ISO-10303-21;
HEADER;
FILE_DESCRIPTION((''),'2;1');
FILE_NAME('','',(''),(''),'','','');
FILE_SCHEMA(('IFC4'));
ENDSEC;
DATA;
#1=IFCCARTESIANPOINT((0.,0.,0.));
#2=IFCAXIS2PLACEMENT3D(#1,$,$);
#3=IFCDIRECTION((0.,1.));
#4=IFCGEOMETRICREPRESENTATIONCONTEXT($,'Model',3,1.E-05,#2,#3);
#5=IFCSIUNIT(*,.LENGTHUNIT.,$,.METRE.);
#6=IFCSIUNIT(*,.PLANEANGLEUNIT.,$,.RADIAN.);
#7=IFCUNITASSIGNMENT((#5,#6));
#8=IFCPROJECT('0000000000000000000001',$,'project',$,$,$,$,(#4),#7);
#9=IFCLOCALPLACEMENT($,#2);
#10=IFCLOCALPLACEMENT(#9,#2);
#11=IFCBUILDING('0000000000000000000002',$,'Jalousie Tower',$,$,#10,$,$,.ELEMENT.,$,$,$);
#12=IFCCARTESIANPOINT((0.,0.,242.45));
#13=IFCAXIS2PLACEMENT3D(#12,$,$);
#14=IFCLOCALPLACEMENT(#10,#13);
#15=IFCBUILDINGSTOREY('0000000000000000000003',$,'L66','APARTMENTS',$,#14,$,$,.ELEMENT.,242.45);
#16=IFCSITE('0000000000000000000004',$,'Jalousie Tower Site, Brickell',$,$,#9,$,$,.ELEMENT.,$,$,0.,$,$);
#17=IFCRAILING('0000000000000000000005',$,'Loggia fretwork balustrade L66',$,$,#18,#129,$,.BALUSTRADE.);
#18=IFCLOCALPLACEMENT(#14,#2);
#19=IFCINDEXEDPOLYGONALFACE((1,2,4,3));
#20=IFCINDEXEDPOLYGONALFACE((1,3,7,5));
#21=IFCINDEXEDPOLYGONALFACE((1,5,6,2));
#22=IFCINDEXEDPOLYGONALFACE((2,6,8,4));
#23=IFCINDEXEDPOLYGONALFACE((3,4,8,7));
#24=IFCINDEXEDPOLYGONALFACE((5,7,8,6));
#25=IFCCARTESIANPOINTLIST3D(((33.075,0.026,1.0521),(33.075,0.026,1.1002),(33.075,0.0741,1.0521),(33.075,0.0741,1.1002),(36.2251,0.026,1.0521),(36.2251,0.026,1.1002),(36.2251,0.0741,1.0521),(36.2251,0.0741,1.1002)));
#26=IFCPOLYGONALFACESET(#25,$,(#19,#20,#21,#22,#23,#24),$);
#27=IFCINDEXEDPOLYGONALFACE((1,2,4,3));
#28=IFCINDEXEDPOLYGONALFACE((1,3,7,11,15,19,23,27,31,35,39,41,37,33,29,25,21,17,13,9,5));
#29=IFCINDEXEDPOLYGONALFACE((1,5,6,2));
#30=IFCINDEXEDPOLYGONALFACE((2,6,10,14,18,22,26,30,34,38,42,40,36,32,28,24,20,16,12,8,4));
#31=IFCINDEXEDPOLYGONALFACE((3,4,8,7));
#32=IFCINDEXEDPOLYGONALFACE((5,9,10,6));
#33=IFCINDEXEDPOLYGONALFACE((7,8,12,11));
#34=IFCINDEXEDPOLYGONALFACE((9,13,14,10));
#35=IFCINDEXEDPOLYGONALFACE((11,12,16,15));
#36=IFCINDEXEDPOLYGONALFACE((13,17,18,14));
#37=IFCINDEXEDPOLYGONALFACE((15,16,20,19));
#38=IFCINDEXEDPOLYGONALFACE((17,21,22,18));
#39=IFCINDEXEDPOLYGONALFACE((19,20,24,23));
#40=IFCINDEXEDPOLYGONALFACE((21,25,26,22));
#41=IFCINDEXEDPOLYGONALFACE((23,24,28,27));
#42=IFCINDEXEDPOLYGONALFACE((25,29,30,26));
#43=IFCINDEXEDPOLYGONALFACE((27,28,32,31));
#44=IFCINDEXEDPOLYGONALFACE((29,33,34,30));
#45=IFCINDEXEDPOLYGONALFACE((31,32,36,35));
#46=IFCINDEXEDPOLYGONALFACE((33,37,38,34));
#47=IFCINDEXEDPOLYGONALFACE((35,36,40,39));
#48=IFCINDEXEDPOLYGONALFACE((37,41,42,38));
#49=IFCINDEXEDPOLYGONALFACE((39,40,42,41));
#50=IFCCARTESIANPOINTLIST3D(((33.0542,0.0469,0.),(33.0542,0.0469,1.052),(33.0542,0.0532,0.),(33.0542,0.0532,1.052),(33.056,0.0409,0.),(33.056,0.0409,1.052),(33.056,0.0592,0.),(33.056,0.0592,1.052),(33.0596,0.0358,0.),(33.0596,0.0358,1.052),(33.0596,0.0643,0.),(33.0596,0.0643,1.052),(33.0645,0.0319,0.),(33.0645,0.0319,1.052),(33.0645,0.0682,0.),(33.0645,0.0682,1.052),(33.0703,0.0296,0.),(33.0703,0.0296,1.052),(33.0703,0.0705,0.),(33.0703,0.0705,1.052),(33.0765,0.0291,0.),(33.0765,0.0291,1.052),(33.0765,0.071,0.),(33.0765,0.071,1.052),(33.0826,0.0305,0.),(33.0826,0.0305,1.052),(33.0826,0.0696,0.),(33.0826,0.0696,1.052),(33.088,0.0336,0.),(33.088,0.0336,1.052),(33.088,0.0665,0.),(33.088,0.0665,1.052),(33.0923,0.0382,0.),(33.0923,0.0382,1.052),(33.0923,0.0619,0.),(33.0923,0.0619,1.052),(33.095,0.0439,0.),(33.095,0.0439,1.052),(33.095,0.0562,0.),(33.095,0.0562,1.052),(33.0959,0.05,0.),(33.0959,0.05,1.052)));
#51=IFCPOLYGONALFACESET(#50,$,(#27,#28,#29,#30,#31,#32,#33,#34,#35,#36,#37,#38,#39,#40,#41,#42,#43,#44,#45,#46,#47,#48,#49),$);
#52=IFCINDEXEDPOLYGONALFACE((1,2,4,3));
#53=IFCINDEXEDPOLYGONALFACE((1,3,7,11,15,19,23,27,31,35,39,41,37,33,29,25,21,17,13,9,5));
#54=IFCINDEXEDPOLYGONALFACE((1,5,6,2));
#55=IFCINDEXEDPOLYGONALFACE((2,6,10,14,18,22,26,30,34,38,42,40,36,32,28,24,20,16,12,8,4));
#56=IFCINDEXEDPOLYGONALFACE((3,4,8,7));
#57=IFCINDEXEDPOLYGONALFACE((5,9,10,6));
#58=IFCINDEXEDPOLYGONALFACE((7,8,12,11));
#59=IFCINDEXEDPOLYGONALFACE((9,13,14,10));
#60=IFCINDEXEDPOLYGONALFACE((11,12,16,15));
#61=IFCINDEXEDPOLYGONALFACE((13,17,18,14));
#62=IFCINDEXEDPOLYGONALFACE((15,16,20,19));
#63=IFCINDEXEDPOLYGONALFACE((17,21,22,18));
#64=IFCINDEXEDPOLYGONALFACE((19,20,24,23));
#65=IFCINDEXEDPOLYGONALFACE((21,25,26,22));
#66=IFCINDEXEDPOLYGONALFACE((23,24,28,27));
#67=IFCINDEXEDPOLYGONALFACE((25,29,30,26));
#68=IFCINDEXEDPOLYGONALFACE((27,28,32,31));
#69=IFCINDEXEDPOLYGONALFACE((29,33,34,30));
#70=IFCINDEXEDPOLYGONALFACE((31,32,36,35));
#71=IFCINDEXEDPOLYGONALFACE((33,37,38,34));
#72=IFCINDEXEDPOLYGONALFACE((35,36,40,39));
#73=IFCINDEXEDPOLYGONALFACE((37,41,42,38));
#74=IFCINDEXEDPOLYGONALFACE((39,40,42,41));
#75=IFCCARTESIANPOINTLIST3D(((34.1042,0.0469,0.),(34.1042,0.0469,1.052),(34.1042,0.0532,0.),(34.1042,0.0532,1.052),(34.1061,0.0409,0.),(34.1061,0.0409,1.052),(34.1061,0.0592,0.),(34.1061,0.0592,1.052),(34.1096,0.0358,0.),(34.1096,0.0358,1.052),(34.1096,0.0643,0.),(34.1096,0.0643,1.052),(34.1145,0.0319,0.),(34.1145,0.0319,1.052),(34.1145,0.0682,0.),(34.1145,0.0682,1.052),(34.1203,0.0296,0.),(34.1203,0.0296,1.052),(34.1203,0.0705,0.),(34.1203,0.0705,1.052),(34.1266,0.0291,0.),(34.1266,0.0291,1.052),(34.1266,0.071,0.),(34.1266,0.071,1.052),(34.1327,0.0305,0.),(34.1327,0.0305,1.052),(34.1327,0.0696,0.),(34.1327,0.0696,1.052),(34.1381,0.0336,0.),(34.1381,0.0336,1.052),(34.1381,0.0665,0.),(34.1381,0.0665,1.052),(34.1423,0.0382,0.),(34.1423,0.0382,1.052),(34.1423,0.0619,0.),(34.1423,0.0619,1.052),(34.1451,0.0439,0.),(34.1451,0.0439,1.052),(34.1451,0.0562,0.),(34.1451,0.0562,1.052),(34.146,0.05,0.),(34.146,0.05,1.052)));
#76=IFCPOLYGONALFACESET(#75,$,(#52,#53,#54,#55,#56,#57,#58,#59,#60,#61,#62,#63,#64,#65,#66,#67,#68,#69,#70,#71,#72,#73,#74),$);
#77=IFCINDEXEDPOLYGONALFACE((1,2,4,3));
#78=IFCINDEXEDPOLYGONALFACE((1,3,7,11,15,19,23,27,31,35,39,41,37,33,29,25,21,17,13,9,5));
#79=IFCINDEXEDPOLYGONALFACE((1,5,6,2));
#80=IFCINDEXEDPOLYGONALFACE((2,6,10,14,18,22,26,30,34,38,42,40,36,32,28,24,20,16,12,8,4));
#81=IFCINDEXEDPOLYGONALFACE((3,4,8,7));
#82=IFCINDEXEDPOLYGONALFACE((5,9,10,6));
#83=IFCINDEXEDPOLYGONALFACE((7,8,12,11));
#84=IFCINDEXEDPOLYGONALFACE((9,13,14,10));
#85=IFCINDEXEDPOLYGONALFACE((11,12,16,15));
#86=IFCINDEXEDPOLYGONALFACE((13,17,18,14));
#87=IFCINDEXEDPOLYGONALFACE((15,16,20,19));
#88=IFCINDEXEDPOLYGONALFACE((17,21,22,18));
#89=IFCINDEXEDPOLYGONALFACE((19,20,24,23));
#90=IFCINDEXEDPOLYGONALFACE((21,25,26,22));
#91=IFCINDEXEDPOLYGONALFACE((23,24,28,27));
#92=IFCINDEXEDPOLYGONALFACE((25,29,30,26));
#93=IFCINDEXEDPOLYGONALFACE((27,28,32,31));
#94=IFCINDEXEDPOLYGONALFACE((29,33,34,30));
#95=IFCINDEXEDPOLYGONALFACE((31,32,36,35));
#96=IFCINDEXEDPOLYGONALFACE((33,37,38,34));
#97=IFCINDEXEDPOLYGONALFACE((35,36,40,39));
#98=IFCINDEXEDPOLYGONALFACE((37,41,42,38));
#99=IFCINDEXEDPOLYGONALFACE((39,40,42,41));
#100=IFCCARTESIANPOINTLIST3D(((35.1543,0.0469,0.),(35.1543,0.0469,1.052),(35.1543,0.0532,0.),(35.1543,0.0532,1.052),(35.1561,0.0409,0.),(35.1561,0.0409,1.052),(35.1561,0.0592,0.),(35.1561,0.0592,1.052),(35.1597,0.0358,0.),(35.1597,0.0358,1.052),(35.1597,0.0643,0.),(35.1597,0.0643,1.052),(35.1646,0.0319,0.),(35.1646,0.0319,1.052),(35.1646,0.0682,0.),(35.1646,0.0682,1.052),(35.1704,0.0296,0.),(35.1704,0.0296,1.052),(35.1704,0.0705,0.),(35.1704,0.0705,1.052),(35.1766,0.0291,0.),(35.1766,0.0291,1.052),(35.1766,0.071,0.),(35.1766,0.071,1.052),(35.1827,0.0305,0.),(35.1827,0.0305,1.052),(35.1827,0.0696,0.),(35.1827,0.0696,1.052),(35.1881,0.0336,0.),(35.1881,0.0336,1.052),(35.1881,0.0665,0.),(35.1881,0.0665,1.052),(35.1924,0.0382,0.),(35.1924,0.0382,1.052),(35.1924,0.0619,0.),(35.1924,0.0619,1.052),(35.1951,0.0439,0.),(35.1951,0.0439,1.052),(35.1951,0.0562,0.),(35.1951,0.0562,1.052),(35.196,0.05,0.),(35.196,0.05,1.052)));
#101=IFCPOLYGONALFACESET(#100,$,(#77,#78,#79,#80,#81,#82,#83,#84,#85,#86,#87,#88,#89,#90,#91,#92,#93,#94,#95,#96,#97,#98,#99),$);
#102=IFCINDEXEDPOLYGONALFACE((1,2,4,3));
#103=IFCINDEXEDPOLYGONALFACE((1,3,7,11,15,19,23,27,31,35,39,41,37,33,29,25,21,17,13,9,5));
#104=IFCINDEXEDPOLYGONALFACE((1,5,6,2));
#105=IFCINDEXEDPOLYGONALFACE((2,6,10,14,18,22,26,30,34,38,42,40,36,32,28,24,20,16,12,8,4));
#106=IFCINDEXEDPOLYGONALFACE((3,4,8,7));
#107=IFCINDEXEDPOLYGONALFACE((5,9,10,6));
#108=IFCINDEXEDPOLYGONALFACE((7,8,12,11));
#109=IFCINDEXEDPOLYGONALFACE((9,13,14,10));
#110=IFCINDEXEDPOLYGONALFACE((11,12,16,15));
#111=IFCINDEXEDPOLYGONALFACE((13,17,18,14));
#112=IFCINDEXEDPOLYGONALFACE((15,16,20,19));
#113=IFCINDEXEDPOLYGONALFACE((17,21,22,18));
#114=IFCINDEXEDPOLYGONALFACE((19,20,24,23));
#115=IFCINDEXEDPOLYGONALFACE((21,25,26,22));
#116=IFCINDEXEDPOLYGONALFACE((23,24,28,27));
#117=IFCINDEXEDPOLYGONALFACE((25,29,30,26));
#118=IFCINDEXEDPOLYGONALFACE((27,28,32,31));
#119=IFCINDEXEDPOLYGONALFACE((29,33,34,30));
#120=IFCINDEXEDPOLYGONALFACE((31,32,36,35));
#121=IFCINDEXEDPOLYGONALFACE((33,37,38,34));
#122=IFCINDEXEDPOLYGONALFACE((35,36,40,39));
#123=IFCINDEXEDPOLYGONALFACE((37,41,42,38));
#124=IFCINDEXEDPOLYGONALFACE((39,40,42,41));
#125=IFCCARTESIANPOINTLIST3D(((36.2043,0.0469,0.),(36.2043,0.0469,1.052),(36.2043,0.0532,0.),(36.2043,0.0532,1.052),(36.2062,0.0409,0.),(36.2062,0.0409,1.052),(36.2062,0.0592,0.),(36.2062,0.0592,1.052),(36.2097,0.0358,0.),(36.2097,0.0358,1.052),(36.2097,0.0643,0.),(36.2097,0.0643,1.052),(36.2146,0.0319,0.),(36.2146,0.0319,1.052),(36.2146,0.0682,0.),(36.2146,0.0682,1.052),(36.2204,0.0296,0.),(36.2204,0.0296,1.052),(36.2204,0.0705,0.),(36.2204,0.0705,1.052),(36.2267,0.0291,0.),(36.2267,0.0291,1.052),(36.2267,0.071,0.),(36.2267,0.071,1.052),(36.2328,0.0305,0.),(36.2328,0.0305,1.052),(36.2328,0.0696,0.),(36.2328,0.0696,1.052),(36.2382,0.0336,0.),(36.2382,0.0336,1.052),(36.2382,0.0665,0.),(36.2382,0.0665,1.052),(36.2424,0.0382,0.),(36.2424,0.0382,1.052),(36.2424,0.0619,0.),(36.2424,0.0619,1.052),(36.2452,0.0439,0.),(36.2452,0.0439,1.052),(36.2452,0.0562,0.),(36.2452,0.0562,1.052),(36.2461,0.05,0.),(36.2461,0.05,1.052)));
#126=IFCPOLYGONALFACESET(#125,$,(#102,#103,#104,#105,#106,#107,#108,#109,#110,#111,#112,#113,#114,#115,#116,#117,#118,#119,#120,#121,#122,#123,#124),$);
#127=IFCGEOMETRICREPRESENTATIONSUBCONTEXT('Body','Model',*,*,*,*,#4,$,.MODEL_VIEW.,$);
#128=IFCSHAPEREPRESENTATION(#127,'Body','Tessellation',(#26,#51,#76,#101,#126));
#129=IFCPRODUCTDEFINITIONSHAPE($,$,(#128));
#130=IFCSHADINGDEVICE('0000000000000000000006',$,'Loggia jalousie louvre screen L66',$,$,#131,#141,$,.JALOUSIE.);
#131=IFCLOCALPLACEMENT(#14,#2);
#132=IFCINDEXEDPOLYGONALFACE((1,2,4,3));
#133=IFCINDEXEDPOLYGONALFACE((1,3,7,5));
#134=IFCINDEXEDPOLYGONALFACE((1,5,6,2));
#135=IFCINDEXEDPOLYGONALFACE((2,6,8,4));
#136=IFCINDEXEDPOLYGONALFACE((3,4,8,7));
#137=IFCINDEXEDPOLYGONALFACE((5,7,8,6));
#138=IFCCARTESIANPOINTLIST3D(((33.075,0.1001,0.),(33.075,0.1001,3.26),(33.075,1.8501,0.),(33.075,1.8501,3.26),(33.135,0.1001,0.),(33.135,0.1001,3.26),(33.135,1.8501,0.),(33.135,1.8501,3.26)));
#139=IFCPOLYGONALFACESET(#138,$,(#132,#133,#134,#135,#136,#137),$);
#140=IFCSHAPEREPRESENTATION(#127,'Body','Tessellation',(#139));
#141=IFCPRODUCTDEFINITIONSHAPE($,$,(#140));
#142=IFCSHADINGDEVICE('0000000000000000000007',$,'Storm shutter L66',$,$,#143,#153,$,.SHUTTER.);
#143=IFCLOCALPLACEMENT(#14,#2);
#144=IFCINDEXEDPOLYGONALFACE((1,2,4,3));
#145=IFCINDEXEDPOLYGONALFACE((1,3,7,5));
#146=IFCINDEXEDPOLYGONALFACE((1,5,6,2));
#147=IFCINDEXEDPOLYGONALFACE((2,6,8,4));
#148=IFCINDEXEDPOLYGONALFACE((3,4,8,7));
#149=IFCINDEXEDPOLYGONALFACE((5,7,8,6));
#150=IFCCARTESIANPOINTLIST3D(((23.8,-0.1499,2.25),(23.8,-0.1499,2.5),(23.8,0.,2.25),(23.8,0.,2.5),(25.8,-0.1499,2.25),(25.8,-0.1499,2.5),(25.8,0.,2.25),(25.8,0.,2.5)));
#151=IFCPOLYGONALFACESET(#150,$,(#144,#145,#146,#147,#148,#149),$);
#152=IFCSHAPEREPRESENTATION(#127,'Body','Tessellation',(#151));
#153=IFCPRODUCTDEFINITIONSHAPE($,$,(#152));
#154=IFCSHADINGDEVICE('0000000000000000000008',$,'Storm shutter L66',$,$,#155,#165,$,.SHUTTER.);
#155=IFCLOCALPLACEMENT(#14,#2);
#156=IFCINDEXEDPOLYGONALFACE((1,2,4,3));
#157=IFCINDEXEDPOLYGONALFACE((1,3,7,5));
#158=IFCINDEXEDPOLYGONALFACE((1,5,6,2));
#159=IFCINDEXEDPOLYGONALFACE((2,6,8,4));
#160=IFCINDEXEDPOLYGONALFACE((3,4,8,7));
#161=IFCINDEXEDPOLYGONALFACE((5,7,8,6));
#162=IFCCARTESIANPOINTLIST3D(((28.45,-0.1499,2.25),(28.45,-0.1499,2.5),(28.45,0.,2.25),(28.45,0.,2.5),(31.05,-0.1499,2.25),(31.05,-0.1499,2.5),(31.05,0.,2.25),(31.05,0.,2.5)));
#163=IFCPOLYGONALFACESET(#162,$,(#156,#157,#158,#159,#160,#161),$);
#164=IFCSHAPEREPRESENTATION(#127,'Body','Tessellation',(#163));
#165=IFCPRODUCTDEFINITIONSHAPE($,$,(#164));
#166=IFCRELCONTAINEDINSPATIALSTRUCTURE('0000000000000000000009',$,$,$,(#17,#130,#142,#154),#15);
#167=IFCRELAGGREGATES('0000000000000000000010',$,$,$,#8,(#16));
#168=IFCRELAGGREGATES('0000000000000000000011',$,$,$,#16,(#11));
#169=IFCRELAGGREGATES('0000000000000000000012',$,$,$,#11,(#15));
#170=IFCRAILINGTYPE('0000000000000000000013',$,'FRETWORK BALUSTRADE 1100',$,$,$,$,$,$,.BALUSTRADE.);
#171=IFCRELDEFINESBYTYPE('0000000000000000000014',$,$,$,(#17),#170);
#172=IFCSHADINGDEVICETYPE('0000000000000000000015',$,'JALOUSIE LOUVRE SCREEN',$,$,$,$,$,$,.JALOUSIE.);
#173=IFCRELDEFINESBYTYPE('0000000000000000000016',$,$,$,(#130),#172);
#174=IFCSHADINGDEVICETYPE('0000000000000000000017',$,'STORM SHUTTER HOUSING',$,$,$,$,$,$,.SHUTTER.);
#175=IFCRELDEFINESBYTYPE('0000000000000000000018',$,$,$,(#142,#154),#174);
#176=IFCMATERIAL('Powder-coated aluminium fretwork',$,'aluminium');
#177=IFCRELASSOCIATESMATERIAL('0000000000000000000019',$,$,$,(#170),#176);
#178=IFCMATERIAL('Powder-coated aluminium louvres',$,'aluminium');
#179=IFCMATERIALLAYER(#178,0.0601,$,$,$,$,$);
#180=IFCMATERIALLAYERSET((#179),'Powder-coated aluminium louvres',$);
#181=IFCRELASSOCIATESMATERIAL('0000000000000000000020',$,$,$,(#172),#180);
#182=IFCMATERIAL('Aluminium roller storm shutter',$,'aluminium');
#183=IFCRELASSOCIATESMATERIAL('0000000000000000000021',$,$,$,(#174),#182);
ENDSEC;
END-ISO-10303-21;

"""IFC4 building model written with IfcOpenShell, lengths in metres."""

from ifc_helpers import new_model, si_unit, direction, frame, origin, origin_2d, place, context, subcontext, project, spatial, rectangle, circle, extrude, material, layer, layer_set, type_object, element, save


model = new_model("IFC4")

# Units and contexts
model_context = context("Model", 3, precision=1e-05, world=origin(), true_north=direction((0.0, 1.0)))
body_context = subcontext(model_context, "Body", "Model", "MODEL_VIEW")
ifc_project = project(units=[si_unit("LENGTHUNIT", "METRE"), si_unit("PLANEANGLEUNIT", "RADIAN")], contexts=[model_context])

# Site, building, storey
site_placement = place(None, origin())
site = spatial("IfcSite", under=ifc_project, at=site_placement, Name="Jalousie Tower Site, Brickell", CompositionType="ELEMENT", RefElevation=0.0)
building_placement = place(site_placement, origin())
building = spatial("IfcBuilding", under=site, at=building_placement, Name="Jalousie Tower", CompositionType="ELEMENT")
storey_placement = place(building_placement, frame((0.0, 0.0, 242.45)))
storey = spatial("IfcBuildingStorey", under=building, at=storey_placement, Name="L66", Description="APARTMENTS", CompositionType="ELEMENT", Elevation=242.45)

# Railing
ifc_material_1 = material(Name="Powder-coated aluminium fretwork", Category="aluminium")
railing_type = type_object("IfcRailingType", Name="FRETWORK BALUSTRADE 1100", PredefinedType="BALUSTRADE", material=ifc_material_1)
railing_placement = place(storey_placement, frame((33.075, 0.05, 0.0)))
element("IfcRailing", 1, at=railing_placement, inside=storey, type_object=railing_type, Name="Loggia fretwork balustrade L66", PredefinedType="BALUSTRADE", context=body_context, shape_type="SweptSolid", body=[
    extrude(rectangle(XDim=0.0481, YDim=0.0481, at=origin_2d()), frame((0.0, 0.0, 1.0762), z_axis=(1.0, 0.0, 0.0), x_axis=(0.0, 1.0, 0.0)), (0.0, 0.0, 1.0), 3.1501),
    extrude(circle(Radius=0.021, at=origin_2d()), origin(), (0.0, 0.0, 1.0), 1.052),
    extrude(circle(Radius=0.021, at=origin_2d()), frame((1.05, 0.0, 0.0)), (0.0, 0.0, 1.0), 1.052),
    extrude(circle(Radius=0.021, at=origin_2d()), frame((2.1001, 0.0, 0.0)), (0.0, 0.0, 1.0), 1.052),
    extrude(circle(Radius=0.021, at=origin_2d()), frame((3.1501, 0.0, 0.0)), (0.0, 0.0, 1.0), 1.052),
])

# Shading devices
ifc_material_2 = material(Name="Powder-coated aluminium louvres", Category="aluminium")
ifc_layer_1 = layer(ifc_material_2, 0.0601)
ifc_layer_set_1 = layer_set([ifc_layer_1], Name="Powder-coated aluminium louvres")
shading_device_type_1 = type_object("IfcShadingDeviceType", Name="JALOUSIE LOUVRE SCREEN", PredefinedType="JALOUSIE", material=ifc_layer_set_1)
shading_device_1_placement = place(storey_placement, frame((33.105, 0.9751, 0.0), z_axis=(0.0, 0.0, 1.0), x_axis=(1.0, 0.0, 0.0)))
element("IfcShadingDevice", 2, at=shading_device_1_placement, inside=storey, type_object=shading_device_type_1, Name="Loggia jalousie louvre screen L66", PredefinedType="JALOUSIE", context=body_context, shape_type="SweptSolid", body=[
    extrude(rectangle(XDim=0.0601, YDim=1.75, at=origin_2d()), origin(), (0.0, 0.0, 1.0), 3.26),
])
ifc_material_3 = material(Name="Aluminium roller storm shutter", Category="aluminium")
shading_device_type_2 = type_object("IfcShadingDeviceType", Name="STORM SHUTTER HOUSING", PredefinedType="SHUTTER", material=ifc_material_3)
shading_device_2_placement = place(storey_placement, frame((24.8, -0.075, 2.25), z_axis=(0.0, 0.0, 1.0), x_axis=(1.0, 0.0, 0.0)))
element("IfcShadingDevice", 3, at=shading_device_2_placement, inside=storey, type_object=shading_device_type_2, Name="Storm shutter L66", PredefinedType="SHUTTER", context=body_context, shape_type="SweptSolid", body=[
    extrude(rectangle(XDim=2.0, YDim=0.1499, at=origin_2d()), origin(), (0.0, 0.0, 1.0), 0.25),
])
shading_device_3_placement = place(storey_placement, frame((29.75, -0.075, 2.25), z_axis=(0.0, 0.0, 1.0), x_axis=(1.0, 0.0, 0.0)))
element("IfcShadingDevice", 4, at=shading_device_3_placement, inside=storey, type_object=shading_device_type_2, Name="Storm shutter L66", PredefinedType="SHUTTER", context=body_context, shape_type="SweptSolid", body=[
    extrude(rectangle(XDim=2.6001, YDim=0.1499, at=origin_2d()), origin(), (0.0, 0.0, 1.0), 0.25),
])

save(model, "model.ifc")
